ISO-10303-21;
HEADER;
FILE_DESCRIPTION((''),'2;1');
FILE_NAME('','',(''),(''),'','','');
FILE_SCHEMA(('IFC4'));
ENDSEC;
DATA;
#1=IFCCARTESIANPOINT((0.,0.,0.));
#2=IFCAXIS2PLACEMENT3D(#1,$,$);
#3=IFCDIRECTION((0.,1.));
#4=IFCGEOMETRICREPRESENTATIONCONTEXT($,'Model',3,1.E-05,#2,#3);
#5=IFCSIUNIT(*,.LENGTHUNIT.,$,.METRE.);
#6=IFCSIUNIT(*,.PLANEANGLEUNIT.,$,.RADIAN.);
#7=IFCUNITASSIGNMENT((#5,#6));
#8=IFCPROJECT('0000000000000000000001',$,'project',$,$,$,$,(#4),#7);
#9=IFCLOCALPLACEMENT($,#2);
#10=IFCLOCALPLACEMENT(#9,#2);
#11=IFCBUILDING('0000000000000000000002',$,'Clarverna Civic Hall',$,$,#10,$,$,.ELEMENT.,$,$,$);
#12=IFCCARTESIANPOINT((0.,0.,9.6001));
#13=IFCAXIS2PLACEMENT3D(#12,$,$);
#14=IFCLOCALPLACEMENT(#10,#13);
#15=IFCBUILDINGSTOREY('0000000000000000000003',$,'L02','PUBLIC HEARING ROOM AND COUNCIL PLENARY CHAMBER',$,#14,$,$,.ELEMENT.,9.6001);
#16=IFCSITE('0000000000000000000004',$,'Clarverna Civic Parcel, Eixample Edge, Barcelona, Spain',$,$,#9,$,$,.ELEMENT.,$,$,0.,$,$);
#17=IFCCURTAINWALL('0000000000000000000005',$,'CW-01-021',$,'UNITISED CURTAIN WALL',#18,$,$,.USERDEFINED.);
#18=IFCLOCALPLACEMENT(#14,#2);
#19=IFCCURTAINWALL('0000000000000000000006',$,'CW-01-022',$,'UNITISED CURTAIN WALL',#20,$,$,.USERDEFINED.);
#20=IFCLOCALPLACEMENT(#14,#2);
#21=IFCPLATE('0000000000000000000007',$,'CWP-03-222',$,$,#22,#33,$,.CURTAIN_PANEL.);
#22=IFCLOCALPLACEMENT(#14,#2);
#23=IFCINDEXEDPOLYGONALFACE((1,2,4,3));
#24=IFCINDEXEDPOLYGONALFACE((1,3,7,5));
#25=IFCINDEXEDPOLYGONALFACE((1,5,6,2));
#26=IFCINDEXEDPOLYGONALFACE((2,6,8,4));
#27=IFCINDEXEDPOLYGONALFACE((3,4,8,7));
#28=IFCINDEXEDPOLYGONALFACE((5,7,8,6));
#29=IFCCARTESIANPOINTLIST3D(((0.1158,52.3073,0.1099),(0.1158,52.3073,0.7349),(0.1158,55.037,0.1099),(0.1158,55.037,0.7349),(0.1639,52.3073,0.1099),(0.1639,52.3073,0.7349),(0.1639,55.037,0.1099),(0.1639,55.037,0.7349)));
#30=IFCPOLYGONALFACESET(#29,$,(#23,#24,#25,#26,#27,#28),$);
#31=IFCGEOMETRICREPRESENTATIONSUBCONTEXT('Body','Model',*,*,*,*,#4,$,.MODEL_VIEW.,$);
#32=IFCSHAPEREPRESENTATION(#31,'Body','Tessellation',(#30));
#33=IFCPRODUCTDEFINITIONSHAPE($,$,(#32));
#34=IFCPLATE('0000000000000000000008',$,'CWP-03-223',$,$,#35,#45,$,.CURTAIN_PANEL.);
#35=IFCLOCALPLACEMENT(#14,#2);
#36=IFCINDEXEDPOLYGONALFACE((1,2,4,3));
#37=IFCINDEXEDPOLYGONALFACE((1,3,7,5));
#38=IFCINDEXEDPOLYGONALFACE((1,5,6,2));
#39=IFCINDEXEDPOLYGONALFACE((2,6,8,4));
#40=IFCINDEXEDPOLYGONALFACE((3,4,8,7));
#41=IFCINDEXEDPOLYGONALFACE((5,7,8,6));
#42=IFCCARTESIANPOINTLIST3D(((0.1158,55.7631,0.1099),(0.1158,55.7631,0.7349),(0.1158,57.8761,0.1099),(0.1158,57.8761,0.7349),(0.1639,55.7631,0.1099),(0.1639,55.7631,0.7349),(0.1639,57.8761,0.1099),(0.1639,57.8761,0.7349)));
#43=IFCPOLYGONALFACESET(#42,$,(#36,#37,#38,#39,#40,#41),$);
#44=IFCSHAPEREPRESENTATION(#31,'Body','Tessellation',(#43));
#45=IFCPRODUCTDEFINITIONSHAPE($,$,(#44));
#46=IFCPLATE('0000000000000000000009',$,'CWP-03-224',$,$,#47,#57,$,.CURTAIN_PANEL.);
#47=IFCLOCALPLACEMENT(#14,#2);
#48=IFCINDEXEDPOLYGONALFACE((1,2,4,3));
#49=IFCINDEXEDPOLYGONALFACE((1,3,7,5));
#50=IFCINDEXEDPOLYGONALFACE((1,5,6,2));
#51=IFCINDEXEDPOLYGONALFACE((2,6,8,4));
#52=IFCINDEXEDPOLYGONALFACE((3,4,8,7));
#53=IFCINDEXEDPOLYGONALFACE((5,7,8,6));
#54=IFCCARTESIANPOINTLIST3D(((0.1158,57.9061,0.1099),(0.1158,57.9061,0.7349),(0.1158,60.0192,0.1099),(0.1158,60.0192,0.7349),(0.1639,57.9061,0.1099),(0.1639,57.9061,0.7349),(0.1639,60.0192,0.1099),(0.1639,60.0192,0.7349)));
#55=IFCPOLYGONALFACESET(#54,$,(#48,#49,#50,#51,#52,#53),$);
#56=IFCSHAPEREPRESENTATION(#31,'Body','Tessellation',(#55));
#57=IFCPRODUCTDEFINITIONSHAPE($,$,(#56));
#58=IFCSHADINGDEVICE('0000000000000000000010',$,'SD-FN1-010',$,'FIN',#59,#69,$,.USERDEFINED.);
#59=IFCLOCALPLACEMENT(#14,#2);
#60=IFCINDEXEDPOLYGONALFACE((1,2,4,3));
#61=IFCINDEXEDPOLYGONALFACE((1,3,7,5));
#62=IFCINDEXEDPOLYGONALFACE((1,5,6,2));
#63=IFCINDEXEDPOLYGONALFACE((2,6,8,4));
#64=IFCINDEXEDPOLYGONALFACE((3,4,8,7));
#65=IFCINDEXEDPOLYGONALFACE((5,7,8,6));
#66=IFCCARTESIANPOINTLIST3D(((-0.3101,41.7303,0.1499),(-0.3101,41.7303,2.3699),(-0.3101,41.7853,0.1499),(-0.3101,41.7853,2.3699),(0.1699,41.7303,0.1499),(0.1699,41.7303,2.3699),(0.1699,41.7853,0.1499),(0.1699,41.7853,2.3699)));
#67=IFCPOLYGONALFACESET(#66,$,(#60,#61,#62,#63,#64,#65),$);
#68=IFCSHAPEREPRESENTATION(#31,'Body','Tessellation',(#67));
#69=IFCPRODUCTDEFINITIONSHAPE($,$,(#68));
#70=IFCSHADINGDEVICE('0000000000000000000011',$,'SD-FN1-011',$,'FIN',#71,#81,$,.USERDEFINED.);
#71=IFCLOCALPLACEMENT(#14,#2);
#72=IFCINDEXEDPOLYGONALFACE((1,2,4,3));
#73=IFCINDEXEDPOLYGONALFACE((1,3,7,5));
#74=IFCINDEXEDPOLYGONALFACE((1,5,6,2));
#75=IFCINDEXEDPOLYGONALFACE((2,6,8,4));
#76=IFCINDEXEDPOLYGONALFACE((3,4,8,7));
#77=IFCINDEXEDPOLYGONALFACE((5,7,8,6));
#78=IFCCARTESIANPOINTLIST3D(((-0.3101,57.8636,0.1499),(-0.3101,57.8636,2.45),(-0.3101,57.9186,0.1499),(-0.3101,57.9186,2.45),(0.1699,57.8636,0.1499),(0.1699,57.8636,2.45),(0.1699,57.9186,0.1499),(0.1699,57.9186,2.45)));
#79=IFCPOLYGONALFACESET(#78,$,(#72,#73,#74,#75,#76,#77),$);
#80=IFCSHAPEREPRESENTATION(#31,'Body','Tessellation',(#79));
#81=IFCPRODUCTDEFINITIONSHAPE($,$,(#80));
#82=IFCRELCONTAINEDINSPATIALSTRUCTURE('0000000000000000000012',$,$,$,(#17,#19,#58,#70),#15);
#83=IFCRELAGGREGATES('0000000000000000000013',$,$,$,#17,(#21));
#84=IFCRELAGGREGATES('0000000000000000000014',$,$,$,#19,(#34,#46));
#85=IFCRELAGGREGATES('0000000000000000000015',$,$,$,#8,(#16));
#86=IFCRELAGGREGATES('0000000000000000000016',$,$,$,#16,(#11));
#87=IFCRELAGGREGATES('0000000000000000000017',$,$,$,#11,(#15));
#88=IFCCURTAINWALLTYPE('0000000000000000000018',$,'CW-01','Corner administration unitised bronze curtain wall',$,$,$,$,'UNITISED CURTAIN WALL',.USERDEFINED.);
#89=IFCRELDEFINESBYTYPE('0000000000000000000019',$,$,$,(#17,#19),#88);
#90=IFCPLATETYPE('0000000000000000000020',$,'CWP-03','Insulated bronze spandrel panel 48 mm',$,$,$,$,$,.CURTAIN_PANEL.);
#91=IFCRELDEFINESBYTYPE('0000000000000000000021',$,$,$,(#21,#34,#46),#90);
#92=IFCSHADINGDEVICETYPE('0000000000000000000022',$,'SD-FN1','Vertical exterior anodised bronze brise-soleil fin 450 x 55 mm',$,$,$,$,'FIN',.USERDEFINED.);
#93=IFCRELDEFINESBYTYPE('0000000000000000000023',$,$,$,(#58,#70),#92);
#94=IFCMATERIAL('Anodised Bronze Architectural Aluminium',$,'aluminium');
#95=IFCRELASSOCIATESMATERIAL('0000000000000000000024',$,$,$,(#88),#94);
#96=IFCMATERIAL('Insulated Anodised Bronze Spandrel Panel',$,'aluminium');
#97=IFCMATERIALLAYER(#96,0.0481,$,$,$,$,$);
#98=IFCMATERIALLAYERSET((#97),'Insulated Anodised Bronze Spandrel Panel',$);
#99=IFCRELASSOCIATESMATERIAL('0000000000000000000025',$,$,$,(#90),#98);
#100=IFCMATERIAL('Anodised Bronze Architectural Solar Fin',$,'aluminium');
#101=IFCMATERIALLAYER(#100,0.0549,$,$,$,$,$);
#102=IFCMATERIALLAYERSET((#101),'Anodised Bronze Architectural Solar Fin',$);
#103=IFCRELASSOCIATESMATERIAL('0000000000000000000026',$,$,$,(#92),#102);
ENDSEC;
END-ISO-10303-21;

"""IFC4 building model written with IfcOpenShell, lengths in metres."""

from ifc_helpers import new_model, si_unit, direction, frame, frame_2d, origin, place, context, subcontext, project, spatial, rectangle, extrude, material, layer, layer_set, type_object, element, aggregate, save


model = new_model("IFC4")

# Units and contexts
model_context = context("Model", 3, precision=1e-05, world=origin(), true_north=direction((0.0, 1.0)))
body_context = subcontext(model_context, "Body", "Model", "MODEL_VIEW")
ifc_project = project(units=[si_unit("LENGTHUNIT", "METRE"), si_unit("PLANEANGLEUNIT", "RADIAN")], contexts=[model_context])

# Site, building, storey
site_placement = place(None, origin())
site = spatial("IfcSite", under=ifc_project, at=site_placement, Name="Clarverna Civic Parcel, Eixample Edge, Barcelona, Spain", CompositionType="ELEMENT", RefElevation=0.0)
building_placement = place(site_placement, origin())
building = spatial("IfcBuilding", under=site, at=building_placement, Name="Clarverna Civic Hall", CompositionType="ELEMENT")
storey_placement = place(building_placement, frame((0.0, 0.0, 9.6001)))
storey = spatial("IfcBuildingStorey", under=building, at=storey_placement, Name="L02", Description="PUBLIC HEARING ROOM AND COUNCIL PLENARY CHAMBER", CompositionType="ELEMENT", Elevation=9.6001)

# Curtain wall
ifc_material_1 = material(Name="Anodised Bronze Architectural Aluminium", Category="aluminium")
curtain_wall_type = type_object("IfcCurtainWallType", Name="CW-01", Description="Corner administration unitised bronze curtain wall", ElementType="UNITISED CURTAIN WALL", PredefinedType="USERDEFINED", material=ifc_material_1)
curtain_wall_1_placement = place(storey_placement, origin())
curtain_wall_1 = element("IfcCurtainWall", 1, at=curtain_wall_1_placement, inside=storey, type_object=curtain_wall_type, Name="CW-01-021", ObjectType="UNITISED CURTAIN WALL", PredefinedType="USERDEFINED")

# Curtain wall
curtain_wall_2_placement = place(storey_placement, origin())
curtain_wall_2 = element("IfcCurtainWall", 2, at=curtain_wall_2_placement, inside=storey, type_object=curtain_wall_type, Name="CW-01-022", ObjectType="UNITISED CURTAIN WALL", PredefinedType="USERDEFINED")

# Plates
ifc_material_2 = material(Name="Insulated Anodised Bronze Spandrel Panel", Category="aluminium")
ifc_layer_1 = layer(ifc_material_2, 0.0481)
ifc_layer_set_1 = layer_set([ifc_layer_1], Name="Insulated Anodised Bronze Spandrel Panel")
plate_type_1 = type_object("IfcPlateType", Name="CWP-03", Description="Insulated bronze spandrel panel 48 mm", PredefinedType="CURTAIN_PANEL", material=ifc_layer_set_1)
plate_1_placement = place(storey_placement, frame((0.1399, 52.3074, 0.1099), z_axis=(0.0, 0.0, 1.0), x_axis=(0.0, 1.0, 0.0)))
plate_1 = element("IfcPlate", 3, at=plate_1_placement, type_object=plate_type_1, Name="CWP-03-222", PredefinedType="CURTAIN_PANEL", context=body_context, shape_type="SweptSolid", body=[
    extrude(rectangle(XDim=2.7297, YDim=0.0481, at=frame_2d((1.3647, 0.0))), origin(), (0.0, 0.0, 1.0), 0.625),
])
aggregate(curtain_wall_1, [plate_1])
plate_2_placement = place(storey_placement, frame((0.1399, 55.7629, 0.1099), z_axis=(0.0, 0.0, 1.0), x_axis=(0.0, 1.0, 0.0)))
plate_2 = element("IfcPlate", 4, at=plate_2_placement, type_object=plate_type_1, Name="CWP-03-223", PredefinedType="CURTAIN_PANEL", context=body_context, shape_type="SweptSolid", body=[
    extrude(rectangle(XDim=2.113, YDim=0.0481, at=frame_2d((1.0566, 0.0))), origin(), (0.0, 0.0, 1.0), 0.625),
])
plate_3_placement = place(storey_placement, frame((0.1399, 57.906, 0.1099), z_axis=(0.0, 0.0, 1.0), x_axis=(0.0, 1.0, 0.0)))
plate_3 = element("IfcPlate", 5, at=plate_3_placement, type_object=plate_type_1, Name="CWP-03-224", PredefinedType="CURTAIN_PANEL", context=body_context, shape_type="SweptSolid", body=[
    extrude(rectangle(XDim=2.113, YDim=0.0481, at=frame_2d((1.0566, 0.0))), origin(), (0.0, 0.0, 1.0), 0.625),
])
aggregate(curtain_wall_2, [plate_2, plate_3])

# Shading devices
ifc_material_3 = material(Name="Anodised Bronze Architectural Solar Fin", Category="aluminium")
ifc_layer_2 = layer(ifc_material_3, 0.0549)
ifc_layer_set_2 = layer_set([ifc_layer_2], Name="Anodised Bronze Architectural Solar Fin")
shading_device_type = type_object("IfcShadingDeviceType", Name="SD-FN1", Description="Vertical exterior anodised bronze brise-soleil fin 450 x 55 mm", ElementType="FIN", PredefinedType="USERDEFINED", material=ifc_layer_set_2)
shading_device_1_placement = place(storey_placement, frame((0.1699, 41.7578, 0.1499), z_axis=(0.0, 0.0, 1.0), x_axis=(-1.0, 0.0, 0.0)))
element("IfcShadingDevice", 6, at=shading_device_1_placement, inside=storey, type_object=shading_device_type, Name="SD-FN1-010", ObjectType="FIN", PredefinedType="USERDEFINED", context=body_context, shape_type="SweptSolid", body=[
    extrude(rectangle(XDim=0.48, YDim=0.0549, at=frame_2d((0.24, 0.0))), origin(), (0.0, 0.0, 1.0), 2.22),
])
shading_device_2_placement = place(storey_placement, frame((0.1699, 57.8911, 0.1499), z_axis=(0.0, 0.0, 1.0), x_axis=(-1.0, 0.0, 0.0)))
element("IfcShadingDevice", 7, at=shading_device_2_placement, inside=storey, type_object=shading_device_type, Name="SD-FN1-011", ObjectType="FIN", PredefinedType="USERDEFINED", context=body_context, shape_type="SweptSolid", body=[
    extrude(rectangle(XDim=0.48, YDim=0.0549, at=frame_2d((0.24, 0.0))), origin(), (0.0, 0.0, 1.0), 2.3),
])

save(model, "model.ifc")
